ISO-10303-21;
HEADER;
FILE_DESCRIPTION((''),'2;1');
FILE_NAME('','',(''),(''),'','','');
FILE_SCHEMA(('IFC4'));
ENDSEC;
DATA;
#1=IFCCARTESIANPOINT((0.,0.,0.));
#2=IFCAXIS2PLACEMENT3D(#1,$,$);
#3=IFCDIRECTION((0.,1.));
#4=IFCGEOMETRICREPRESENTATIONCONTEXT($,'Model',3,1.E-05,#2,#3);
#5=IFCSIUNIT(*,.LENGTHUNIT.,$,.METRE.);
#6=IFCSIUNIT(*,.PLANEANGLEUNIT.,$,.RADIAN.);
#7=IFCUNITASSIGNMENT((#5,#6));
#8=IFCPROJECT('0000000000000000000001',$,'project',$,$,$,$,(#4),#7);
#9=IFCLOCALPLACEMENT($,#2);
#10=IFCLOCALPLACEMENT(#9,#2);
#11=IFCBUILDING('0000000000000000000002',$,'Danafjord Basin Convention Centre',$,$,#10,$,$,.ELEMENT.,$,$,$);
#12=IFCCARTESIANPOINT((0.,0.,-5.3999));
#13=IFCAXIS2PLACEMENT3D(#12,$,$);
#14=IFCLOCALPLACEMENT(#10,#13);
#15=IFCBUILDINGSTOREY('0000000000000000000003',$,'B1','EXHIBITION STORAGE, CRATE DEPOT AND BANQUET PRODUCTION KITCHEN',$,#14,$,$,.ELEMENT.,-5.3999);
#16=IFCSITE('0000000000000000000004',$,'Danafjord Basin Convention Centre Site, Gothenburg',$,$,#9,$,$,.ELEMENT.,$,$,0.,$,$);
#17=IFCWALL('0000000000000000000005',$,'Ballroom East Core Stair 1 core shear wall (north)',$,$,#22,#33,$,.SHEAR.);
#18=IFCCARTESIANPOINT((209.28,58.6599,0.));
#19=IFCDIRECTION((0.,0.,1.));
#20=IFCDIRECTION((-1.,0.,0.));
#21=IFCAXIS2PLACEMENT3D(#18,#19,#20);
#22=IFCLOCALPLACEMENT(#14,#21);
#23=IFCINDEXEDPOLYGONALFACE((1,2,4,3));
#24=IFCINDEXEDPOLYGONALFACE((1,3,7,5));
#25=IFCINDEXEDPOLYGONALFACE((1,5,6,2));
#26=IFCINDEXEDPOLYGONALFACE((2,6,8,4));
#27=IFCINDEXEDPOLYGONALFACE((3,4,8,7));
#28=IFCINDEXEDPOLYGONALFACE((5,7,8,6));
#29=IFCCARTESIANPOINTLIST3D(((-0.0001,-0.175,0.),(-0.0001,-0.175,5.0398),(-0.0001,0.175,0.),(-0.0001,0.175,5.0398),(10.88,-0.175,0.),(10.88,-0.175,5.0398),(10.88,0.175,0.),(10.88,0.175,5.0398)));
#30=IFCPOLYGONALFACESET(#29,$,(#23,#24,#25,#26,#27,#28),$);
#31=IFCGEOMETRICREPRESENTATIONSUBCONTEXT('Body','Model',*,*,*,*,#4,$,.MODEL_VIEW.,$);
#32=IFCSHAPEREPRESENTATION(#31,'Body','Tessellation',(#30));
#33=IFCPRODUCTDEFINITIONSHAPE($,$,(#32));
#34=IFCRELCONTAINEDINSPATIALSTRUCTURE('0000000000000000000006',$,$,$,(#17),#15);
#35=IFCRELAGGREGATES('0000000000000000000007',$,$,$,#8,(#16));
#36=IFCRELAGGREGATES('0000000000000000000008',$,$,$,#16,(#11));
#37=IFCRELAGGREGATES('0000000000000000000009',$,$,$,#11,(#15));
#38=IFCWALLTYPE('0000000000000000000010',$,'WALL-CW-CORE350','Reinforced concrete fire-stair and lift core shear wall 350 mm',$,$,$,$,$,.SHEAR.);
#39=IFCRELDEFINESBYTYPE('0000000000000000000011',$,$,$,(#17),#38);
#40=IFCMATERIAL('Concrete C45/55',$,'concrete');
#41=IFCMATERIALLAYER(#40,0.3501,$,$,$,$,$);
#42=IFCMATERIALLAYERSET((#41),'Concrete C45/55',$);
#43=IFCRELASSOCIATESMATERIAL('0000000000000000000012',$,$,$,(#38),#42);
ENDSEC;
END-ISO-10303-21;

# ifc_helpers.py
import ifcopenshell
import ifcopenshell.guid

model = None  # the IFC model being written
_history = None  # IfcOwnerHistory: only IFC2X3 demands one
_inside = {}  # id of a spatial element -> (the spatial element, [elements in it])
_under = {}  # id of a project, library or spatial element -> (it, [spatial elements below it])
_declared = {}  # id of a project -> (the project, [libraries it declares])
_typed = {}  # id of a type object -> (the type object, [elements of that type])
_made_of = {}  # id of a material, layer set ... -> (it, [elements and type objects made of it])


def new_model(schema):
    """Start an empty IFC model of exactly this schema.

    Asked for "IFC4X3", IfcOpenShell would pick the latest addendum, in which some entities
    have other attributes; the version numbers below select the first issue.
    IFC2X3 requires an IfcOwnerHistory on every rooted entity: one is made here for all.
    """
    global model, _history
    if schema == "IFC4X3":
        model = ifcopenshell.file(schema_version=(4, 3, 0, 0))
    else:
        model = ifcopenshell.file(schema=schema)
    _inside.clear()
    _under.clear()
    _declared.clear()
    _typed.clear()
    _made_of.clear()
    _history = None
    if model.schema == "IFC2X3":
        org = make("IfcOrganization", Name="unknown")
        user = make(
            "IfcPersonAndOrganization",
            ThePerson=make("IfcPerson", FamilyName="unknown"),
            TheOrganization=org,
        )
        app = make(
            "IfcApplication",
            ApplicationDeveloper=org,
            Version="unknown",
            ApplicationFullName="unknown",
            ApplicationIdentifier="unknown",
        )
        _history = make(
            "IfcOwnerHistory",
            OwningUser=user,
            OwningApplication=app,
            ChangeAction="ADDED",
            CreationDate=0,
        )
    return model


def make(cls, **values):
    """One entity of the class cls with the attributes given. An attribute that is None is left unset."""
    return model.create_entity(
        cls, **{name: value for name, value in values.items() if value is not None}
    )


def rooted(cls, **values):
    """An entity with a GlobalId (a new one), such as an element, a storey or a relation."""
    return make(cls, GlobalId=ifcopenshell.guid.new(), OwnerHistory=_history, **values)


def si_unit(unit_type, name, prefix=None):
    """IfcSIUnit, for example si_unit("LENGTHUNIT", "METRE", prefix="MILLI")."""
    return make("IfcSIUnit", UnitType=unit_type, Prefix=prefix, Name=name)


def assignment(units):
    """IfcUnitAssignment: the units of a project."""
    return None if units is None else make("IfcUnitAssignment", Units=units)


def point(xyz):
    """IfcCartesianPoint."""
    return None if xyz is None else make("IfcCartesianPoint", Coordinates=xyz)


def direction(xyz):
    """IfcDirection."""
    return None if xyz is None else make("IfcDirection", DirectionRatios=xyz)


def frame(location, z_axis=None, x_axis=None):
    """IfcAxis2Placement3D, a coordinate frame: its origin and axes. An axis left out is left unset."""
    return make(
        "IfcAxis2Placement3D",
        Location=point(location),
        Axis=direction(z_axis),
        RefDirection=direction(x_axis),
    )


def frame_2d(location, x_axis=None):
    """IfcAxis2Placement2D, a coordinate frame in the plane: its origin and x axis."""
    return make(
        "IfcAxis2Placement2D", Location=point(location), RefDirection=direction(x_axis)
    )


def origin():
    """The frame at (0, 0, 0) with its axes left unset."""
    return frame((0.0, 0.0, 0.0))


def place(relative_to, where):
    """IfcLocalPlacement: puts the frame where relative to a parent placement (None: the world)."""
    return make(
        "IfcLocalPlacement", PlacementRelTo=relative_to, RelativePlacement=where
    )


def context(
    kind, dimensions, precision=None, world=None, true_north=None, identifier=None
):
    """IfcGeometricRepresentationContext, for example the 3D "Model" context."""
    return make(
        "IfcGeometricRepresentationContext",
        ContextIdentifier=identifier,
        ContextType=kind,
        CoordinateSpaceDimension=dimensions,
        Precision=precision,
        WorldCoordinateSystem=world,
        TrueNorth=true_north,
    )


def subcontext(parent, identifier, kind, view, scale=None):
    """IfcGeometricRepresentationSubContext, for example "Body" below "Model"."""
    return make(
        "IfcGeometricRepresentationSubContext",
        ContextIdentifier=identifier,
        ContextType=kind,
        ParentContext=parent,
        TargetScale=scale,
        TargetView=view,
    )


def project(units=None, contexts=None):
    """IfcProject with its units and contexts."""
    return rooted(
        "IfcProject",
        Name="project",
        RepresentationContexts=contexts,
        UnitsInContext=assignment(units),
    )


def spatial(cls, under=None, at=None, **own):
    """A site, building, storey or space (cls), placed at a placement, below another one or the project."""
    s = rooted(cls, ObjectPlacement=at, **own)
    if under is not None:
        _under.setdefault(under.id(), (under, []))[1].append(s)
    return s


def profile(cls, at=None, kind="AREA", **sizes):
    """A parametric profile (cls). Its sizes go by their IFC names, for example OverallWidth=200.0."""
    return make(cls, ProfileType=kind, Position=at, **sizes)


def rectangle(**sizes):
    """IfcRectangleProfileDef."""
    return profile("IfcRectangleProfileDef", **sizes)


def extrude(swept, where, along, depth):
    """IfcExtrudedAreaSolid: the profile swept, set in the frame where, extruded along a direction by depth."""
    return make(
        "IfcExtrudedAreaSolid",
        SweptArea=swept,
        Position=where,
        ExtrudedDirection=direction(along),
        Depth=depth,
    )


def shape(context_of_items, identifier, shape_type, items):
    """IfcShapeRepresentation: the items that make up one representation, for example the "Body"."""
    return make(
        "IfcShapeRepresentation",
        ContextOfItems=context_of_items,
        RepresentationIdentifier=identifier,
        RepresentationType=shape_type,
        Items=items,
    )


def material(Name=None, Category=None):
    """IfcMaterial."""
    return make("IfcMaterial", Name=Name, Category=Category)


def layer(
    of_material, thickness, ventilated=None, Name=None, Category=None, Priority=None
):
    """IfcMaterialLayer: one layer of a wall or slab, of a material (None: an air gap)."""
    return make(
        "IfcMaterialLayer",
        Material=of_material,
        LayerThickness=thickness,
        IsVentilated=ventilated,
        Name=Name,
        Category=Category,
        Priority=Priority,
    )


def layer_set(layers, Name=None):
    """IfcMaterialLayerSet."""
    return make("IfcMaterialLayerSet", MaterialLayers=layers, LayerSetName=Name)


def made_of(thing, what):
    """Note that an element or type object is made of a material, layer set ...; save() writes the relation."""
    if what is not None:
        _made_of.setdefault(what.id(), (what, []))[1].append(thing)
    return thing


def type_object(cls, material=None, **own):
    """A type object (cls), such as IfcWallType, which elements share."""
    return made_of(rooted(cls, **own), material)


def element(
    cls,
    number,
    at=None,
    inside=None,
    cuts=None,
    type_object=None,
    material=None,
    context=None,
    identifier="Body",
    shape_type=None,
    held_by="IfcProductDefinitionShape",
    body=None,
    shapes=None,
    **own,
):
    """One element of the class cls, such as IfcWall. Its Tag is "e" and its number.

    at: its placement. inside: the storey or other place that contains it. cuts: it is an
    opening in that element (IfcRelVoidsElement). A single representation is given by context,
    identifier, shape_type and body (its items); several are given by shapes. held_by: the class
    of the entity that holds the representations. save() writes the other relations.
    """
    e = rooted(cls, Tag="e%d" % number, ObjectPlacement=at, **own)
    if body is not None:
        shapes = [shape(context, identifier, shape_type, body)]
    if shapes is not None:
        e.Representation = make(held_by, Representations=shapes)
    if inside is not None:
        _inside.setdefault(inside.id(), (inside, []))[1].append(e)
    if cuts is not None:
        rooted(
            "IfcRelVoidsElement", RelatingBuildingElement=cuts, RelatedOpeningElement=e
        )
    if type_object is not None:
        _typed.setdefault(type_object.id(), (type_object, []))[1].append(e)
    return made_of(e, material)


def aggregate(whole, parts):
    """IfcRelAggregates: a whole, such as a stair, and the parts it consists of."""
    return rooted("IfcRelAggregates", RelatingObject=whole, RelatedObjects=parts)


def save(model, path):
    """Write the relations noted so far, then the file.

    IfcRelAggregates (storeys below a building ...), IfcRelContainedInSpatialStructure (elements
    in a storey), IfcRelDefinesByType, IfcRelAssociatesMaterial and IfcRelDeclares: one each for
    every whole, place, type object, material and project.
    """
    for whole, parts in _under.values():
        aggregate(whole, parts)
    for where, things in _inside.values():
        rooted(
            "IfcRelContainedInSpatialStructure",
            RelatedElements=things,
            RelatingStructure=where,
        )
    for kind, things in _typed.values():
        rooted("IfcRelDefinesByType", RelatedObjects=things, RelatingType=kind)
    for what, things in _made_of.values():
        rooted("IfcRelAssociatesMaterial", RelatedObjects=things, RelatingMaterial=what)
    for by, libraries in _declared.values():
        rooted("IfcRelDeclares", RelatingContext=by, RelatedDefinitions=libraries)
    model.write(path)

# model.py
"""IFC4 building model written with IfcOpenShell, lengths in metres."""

from ifc_helpers import new_model, si_unit, direction, frame, frame_2d, origin, place, context, subcontext, project, spatial, rectangle, extrude, material, layer, layer_set, type_object, element, save


model = new_model("IFC4")

# Units and contexts
model_context = context("Model", 3, precision=1e-05, world=origin(), true_north=direction((0.0, 1.0)))
body_context = subcontext(model_context, "Body", "Model", "MODEL_VIEW")
ifc_project = project(units=[si_unit("LENGTHUNIT", "METRE"), si_unit("PLANEANGLEUNIT", "RADIAN")], contexts=[model_context])

# Site, building, storey
site_placement = place(None, origin())
site = spatial("IfcSite", under=ifc_project, at=site_placement, Name="Danafjord Basin Convention Centre Site, Gothenburg", CompositionType="ELEMENT", RefElevation=0.0)
building_placement = place(site_placement, origin())
building = spatial("IfcBuilding", under=site, at=building_placement, Name="Danafjord Basin Convention Centre", CompositionType="ELEMENT")
storey_placement = place(building_placement, frame((0.0, 0.0, -5.3999)))
storey = spatial("IfcBuildingStorey", under=building, at=storey_placement, Name="B1", Description="EXHIBITION STORAGE, CRATE DEPOT AND BANQUET PRODUCTION KITCHEN", CompositionType="ELEMENT", Elevation=-5.3999)

# Shared definitions
ifc_material_1 = material(Name="Concrete C45/55", Category="concrete")

# Wall
ifc_layer_1 = layer(ifc_material_1, 0.3501)
ifc_layer_set_1 = layer_set([ifc_layer_1], Name="Concrete C45/55")
wall_type_1 = type_object("IfcWallType", Name="WALL-CW-CORE350", Description="Reinforced concrete fire-stair and lift core shear wall 350 mm", PredefinedType="SHEAR", material=ifc_layer_set_1)
wall_1_placement = place(storey_placement, frame((209.28, 58.6599, 0.0), z_axis=(0.0, 0.0, 1.0), x_axis=(-1.0, 0.0, 0.0)))
element("IfcWall", 1, at=wall_1_placement, inside=storey, type_object=wall_type_1, Name="Ballroom East Core Stair 1 core shear wall (north)", PredefinedType="SHEAR", context=body_context, shape_type="SweptSolid", body=[
    extrude(rectangle(XDim=10.8801, YDim=0.3501, at=frame_2d((5.4399, 0.0))), origin(), (0.0, 0.0, 1.0), 5.0398),
])

save(model, "model.ifc")
